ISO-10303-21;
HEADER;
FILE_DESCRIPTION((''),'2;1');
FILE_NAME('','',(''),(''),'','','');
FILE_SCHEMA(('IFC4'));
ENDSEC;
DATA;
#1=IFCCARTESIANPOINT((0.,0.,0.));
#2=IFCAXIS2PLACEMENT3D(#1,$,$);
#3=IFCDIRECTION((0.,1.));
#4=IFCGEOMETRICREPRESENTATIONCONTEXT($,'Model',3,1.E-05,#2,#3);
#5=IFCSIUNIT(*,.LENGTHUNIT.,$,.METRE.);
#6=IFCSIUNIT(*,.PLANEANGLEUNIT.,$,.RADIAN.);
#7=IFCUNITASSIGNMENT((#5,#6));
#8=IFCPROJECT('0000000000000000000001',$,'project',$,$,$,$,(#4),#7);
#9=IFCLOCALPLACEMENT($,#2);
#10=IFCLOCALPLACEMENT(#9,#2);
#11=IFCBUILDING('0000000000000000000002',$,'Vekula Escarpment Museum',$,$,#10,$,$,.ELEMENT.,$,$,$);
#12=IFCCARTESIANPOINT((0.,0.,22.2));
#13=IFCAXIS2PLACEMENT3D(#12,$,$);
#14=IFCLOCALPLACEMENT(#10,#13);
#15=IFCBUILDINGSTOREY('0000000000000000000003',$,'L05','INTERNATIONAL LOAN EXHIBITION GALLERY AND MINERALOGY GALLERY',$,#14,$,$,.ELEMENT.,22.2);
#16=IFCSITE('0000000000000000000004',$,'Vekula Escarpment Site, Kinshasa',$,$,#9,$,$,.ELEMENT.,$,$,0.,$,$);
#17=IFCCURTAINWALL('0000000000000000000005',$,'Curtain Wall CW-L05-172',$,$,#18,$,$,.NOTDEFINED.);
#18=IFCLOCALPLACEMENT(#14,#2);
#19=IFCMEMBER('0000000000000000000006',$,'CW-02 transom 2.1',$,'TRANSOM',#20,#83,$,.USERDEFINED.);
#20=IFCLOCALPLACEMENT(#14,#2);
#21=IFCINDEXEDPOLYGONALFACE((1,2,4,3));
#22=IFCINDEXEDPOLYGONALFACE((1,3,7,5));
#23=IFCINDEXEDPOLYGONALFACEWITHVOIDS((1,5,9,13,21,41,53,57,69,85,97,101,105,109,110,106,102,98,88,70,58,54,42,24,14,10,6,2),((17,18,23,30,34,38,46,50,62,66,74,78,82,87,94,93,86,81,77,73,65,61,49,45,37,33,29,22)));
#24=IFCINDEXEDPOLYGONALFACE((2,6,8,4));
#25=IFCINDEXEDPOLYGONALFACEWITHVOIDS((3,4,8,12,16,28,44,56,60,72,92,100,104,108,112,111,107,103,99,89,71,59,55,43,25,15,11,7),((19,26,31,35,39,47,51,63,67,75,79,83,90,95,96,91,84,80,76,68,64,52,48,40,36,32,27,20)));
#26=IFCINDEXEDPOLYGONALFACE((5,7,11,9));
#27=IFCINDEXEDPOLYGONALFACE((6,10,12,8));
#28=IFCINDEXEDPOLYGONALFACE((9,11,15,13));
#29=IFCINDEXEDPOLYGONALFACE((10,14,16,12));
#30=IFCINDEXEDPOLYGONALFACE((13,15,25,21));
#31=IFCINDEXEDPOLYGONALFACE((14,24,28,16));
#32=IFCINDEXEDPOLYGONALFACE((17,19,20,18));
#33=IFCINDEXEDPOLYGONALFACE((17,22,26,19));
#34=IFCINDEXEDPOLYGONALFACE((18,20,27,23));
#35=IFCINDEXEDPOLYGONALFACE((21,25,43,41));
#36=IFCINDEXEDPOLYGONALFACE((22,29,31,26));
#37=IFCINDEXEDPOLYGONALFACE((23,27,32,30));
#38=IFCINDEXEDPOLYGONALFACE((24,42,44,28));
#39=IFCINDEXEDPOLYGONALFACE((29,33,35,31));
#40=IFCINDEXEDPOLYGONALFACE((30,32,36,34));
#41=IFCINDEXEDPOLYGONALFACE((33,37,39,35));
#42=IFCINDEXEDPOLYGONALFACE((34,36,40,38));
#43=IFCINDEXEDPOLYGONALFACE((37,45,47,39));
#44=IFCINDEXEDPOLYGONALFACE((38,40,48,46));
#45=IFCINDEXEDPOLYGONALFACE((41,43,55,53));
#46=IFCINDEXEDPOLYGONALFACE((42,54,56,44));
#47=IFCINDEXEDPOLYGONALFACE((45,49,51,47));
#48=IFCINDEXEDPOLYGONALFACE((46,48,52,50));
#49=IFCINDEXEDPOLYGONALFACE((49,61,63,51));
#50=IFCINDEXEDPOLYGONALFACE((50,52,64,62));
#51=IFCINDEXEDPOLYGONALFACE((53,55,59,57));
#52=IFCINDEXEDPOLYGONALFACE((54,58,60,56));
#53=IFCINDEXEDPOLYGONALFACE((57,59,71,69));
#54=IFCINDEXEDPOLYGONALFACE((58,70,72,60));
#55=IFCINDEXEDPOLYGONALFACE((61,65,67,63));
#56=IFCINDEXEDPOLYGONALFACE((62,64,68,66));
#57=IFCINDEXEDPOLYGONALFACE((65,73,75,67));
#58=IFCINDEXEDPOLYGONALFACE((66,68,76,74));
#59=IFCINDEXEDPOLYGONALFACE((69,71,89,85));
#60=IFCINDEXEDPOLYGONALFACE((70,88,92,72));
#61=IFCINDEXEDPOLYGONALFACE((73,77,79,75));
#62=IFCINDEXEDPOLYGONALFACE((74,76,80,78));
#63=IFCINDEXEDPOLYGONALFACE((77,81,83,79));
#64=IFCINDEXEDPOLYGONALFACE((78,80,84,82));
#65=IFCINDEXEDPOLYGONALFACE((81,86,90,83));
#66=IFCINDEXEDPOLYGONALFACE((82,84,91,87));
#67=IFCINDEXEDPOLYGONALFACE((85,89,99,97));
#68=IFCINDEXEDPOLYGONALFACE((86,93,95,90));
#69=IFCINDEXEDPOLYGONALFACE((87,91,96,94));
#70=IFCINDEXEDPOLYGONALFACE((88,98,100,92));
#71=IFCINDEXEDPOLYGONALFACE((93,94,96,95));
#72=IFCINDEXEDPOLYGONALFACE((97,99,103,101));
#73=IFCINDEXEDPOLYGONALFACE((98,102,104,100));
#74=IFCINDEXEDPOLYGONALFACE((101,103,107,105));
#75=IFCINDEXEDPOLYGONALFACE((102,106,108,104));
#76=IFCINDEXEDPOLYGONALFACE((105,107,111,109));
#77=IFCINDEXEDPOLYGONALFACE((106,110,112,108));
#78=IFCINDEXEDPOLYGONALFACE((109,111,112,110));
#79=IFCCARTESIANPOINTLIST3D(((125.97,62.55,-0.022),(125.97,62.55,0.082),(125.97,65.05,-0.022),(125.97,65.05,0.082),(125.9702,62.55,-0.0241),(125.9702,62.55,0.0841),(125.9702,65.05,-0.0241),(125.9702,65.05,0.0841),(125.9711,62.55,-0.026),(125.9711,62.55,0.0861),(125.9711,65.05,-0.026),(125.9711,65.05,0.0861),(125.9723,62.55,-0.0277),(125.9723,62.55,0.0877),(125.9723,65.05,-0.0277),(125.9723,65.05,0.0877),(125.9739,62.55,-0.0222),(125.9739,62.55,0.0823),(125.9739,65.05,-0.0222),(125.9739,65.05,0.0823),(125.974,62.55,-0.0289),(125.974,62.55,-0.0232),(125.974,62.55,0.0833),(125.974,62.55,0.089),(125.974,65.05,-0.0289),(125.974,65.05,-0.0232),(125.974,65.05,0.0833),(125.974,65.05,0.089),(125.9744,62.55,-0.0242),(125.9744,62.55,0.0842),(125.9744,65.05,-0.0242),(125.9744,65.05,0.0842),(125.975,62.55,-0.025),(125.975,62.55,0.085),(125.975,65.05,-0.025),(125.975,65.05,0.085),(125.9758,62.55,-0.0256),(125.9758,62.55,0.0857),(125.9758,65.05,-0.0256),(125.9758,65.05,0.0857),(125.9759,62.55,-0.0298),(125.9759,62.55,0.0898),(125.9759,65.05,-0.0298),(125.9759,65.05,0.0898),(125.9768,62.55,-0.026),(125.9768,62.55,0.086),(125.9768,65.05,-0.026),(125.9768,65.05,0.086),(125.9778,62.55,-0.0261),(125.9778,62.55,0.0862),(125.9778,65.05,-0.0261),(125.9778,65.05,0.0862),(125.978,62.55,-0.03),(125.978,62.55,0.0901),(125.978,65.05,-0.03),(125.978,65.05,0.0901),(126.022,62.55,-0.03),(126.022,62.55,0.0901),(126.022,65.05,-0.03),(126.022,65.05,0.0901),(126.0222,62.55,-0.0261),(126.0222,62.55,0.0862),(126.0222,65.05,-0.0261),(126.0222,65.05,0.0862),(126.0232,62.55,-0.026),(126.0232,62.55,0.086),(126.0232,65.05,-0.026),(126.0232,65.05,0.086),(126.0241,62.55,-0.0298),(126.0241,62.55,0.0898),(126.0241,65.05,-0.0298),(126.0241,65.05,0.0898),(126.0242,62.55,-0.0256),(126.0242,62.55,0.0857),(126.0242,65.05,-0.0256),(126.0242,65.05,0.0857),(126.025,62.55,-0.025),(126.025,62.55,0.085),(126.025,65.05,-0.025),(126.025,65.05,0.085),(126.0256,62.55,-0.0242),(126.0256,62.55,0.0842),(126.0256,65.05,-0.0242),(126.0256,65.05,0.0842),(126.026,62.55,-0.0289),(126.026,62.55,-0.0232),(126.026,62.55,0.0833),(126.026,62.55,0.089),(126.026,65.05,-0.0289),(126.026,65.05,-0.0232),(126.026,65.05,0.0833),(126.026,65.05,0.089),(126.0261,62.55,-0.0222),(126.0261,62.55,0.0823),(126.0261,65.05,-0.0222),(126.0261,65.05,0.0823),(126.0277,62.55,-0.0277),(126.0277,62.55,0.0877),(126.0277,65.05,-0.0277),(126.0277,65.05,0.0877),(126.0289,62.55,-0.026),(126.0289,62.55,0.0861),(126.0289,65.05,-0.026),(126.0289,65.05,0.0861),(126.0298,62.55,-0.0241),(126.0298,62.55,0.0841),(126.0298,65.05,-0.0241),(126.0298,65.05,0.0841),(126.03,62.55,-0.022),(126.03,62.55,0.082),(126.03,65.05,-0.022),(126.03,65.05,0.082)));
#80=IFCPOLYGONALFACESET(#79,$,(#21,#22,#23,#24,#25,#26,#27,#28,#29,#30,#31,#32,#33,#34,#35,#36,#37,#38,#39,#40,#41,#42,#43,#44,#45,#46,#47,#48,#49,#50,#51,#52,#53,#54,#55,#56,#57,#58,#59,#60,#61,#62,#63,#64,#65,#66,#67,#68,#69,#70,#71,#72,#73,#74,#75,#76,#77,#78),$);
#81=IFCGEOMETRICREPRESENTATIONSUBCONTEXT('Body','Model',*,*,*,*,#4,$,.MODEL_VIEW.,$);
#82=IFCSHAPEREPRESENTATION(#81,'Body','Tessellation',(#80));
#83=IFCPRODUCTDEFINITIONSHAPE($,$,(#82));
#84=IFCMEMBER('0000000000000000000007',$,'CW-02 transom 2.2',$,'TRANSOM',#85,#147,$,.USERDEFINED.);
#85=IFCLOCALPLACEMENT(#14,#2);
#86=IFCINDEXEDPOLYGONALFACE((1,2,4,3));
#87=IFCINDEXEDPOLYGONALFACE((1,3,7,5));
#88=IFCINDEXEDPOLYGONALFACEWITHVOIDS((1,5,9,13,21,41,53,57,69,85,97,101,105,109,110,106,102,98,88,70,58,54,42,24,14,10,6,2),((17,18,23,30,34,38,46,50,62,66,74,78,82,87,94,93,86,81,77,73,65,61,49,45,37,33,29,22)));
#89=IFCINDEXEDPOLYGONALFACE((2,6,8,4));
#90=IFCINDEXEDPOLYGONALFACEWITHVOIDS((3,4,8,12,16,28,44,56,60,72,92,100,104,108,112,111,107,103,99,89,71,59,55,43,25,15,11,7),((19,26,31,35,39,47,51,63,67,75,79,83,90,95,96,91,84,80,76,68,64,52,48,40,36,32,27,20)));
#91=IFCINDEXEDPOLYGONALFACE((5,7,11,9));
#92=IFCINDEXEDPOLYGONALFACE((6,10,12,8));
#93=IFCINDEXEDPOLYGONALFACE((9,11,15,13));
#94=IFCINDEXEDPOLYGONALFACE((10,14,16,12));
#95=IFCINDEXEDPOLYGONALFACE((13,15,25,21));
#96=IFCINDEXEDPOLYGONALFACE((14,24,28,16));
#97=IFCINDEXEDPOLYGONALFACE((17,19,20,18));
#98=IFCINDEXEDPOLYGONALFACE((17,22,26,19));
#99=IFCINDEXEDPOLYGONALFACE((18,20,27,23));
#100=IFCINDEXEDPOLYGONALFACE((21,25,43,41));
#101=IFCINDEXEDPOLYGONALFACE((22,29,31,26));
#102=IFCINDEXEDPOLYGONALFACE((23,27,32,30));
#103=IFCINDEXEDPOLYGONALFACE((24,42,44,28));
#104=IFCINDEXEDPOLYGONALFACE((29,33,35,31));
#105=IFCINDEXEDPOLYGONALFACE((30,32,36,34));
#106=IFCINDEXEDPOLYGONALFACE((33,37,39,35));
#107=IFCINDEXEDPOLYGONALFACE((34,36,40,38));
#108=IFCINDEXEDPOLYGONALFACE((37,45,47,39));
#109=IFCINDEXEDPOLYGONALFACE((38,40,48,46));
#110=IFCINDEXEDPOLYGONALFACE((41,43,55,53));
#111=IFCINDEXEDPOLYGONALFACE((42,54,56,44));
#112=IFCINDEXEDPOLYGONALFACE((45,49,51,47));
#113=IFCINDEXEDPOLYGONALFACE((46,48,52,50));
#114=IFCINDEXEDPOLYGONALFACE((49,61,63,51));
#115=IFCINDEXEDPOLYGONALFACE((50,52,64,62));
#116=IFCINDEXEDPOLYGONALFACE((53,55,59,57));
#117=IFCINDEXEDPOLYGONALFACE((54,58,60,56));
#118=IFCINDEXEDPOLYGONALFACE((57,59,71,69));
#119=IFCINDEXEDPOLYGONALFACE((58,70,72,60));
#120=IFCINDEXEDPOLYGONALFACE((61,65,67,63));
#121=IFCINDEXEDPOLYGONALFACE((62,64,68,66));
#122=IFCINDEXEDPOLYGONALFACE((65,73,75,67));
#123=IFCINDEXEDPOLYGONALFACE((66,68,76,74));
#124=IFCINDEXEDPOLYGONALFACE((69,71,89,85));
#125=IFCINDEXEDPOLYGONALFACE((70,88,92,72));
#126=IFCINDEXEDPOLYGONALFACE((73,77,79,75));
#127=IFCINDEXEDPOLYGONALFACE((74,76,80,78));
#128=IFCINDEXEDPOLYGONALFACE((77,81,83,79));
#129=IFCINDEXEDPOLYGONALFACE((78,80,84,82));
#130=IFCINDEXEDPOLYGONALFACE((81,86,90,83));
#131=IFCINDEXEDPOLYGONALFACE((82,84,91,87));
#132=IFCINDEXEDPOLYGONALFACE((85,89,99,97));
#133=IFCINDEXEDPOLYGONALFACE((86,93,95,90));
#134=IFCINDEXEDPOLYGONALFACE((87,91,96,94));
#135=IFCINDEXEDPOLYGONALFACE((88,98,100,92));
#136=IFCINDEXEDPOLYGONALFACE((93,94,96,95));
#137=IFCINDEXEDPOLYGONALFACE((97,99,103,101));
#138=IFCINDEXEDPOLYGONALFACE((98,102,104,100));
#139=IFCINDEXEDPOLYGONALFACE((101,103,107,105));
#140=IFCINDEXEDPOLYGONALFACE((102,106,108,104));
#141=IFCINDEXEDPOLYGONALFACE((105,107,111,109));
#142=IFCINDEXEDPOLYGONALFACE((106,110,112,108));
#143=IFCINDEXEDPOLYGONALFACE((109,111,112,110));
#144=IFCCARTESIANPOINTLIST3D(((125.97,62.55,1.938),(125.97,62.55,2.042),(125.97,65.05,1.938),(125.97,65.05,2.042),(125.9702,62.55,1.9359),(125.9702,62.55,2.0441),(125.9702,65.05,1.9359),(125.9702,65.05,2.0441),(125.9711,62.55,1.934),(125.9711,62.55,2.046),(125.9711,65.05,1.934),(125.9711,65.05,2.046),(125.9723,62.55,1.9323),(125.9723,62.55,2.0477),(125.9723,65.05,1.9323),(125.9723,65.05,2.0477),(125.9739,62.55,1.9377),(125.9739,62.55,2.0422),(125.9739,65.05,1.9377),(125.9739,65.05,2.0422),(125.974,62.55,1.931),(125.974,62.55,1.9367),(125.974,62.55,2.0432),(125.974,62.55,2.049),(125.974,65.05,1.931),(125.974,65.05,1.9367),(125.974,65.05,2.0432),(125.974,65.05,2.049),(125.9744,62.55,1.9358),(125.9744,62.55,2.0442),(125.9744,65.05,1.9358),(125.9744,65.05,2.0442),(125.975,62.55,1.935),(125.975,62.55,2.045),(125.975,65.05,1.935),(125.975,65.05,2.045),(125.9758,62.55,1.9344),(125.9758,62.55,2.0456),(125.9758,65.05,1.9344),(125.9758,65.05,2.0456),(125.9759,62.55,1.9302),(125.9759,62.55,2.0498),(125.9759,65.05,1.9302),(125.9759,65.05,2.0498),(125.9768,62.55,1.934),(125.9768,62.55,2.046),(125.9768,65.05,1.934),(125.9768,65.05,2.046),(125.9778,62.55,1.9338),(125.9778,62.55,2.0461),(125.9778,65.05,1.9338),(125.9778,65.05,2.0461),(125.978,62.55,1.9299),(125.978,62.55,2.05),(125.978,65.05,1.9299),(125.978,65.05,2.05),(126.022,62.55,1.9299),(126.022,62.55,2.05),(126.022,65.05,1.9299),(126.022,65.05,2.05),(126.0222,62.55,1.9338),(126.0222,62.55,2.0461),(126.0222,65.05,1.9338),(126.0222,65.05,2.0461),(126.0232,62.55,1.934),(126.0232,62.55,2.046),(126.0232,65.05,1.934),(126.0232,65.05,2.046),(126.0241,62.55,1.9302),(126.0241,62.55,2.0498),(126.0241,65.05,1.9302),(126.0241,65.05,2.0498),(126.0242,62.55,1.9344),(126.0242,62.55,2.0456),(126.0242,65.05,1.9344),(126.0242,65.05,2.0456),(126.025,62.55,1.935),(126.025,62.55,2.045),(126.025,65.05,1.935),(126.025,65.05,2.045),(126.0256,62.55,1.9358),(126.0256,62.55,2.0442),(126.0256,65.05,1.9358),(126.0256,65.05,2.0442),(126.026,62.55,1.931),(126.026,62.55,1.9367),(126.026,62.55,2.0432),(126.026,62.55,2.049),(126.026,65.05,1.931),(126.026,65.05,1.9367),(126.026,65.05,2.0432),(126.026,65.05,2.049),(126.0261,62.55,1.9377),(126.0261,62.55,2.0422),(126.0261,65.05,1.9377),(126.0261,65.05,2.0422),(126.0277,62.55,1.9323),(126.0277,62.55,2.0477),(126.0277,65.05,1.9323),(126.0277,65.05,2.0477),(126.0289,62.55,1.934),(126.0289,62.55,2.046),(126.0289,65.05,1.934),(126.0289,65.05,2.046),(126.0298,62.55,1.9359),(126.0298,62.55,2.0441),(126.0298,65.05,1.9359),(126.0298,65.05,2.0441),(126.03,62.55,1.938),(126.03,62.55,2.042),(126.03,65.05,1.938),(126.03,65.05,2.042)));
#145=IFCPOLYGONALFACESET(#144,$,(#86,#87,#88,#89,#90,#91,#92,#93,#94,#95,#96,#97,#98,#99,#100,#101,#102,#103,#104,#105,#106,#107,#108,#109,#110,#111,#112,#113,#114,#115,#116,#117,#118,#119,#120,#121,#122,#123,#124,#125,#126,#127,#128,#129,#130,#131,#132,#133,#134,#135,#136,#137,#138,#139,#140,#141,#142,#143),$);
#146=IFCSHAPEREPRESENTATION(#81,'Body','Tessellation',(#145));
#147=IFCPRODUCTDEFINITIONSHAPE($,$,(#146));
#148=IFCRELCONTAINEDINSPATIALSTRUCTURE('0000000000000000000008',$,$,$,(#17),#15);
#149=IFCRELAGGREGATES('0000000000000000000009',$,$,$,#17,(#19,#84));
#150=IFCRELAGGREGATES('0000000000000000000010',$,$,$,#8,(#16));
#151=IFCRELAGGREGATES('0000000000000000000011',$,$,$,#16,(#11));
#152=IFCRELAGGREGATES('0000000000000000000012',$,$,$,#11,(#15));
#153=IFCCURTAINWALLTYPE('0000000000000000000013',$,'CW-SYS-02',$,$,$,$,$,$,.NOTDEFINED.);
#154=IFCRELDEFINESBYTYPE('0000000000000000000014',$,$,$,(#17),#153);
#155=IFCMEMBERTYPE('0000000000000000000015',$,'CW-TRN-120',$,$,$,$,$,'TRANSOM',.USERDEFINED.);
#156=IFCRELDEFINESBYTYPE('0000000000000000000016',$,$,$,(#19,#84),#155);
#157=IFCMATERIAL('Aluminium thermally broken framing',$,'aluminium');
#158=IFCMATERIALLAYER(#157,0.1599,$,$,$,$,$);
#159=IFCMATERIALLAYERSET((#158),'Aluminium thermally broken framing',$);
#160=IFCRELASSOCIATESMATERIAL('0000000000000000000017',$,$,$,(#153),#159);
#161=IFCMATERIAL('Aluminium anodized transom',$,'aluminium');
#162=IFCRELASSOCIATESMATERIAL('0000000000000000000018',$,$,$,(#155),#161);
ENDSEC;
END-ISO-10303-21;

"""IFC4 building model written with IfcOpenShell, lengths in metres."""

from ifc_helpers import new_model, si_unit, direction, frame, origin, origin_2d, place, context, subcontext, project, spatial, hollow_rectangle, extrude, material, layer, layer_set, material_profile, profile_set, type_object, element, aggregate, save


model = new_model("IFC4")

# Units and contexts
model_context = context("Model", 3, precision=1e-05, world=origin(), true_north=direction((0.0, 1.0)))
body_context = subcontext(model_context, "Body", "Model", "MODEL_VIEW")
ifc_project = project(units=[si_unit("LENGTHUNIT", "METRE"), si_unit("PLANEANGLEUNIT", "RADIAN")], contexts=[model_context])

# Site, building, storey
site_placement = place(None, origin())
site = spatial("IfcSite", under=ifc_project, at=site_placement, Name="Vekula Escarpment Site, Kinshasa", CompositionType="ELEMENT", RefElevation=0.0)
building_placement = place(site_placement, origin())
building = spatial("IfcBuilding", under=site, at=building_placement, Name="Vekula Escarpment Museum", CompositionType="ELEMENT")
storey_placement = place(building_placement, frame((0.0, 0.0, 22.2)))
storey = spatial("IfcBuildingStorey", under=building, at=storey_placement, Name="L05", Description="INTERNATIONAL LOAN EXHIBITION GALLERY AND MINERALOGY GALLERY", CompositionType="ELEMENT", Elevation=22.2)

# Curtain wall, members
ifc_material_1 = material(Name="Aluminium thermally broken framing", Category="aluminium")
ifc_layer_1 = layer(ifc_material_1, 0.1599)
ifc_layer_set_1 = layer_set([ifc_layer_1], Name="Aluminium thermally broken framing")
curtain_wall_type = type_object("IfcCurtainWallType", Name="CW-SYS-02", PredefinedType="NOTDEFINED", material=ifc_layer_set_1)
curtain_wall_placement = place(storey_placement, origin())
curtain_wall = element("IfcCurtainWall", 1, at=curtain_wall_placement, inside=storey, type_object=curtain_wall_type, Name="Curtain Wall CW-L05-172", PredefinedType="NOTDEFINED")
ifc_material_2 = material(Name="Aluminium anodized transom", Category="aluminium")
ifc_material_profile_1 = material_profile(ifc_material_2, hollow_rectangle(XDim=0.0601, YDim=0.1201, WallThickness=0.0039, InnerFilletRadius=0.0039, OuterFilletRadius=0.0081, at=origin_2d()), Name="ALU 120x60x4")
ifc_profile_set_1 = profile_set([ifc_material_profile_1], Name="Aluminium anodized transom")
member_type_1 = type_object("IfcMemberType", Name="CW-TRN-120", ElementType="TRANSOM", PredefinedType="USERDEFINED", material=ifc_profile_set_1)
member_1_placement = place(storey_placement, frame((126.0, 62.55, 0.03), z_axis=(0.0, 1.0, 0.0), x_axis=(-1.0, 0.0, 0.0)))
member_1 = element("IfcMember", 2, at=member_1_placement, type_object=member_type_1, Name="CW-02 transom 2.1", ObjectType="TRANSOM", PredefinedType="USERDEFINED", context=body_context, shape_type="SweptSolid", body=[
    extrude(hollow_rectangle(XDim=0.0601, YDim=0.1201, WallThickness=0.0039, InnerFilletRadius=0.0039, OuterFilletRadius=0.0081, at=origin_2d()), origin(), (0.0, 0.0, 1.0), 2.5),
])
member_2_placement = place(storey_placement, frame((126.0, 62.55, 1.99), z_axis=(0.0, 1.0, 0.0), x_axis=(-1.0, 0.0, 0.0)))
member_2 = element("IfcMember", 3, at=member_2_placement, type_object=member_type_1, Name="CW-02 transom 2.2", ObjectType="TRANSOM", PredefinedType="USERDEFINED", context=body_context, shape_type="SweptSolid", body=[
    extrude(hollow_rectangle(XDim=0.0601, YDim=0.1201, WallThickness=0.0039, InnerFilletRadius=0.0039, OuterFilletRadius=0.0081, at=origin_2d()), origin(), (0.0, 0.0, 1.0), 2.5),
])

aggregate(curtain_wall, [member_1, member_2])

save(model, "model.ifc")
